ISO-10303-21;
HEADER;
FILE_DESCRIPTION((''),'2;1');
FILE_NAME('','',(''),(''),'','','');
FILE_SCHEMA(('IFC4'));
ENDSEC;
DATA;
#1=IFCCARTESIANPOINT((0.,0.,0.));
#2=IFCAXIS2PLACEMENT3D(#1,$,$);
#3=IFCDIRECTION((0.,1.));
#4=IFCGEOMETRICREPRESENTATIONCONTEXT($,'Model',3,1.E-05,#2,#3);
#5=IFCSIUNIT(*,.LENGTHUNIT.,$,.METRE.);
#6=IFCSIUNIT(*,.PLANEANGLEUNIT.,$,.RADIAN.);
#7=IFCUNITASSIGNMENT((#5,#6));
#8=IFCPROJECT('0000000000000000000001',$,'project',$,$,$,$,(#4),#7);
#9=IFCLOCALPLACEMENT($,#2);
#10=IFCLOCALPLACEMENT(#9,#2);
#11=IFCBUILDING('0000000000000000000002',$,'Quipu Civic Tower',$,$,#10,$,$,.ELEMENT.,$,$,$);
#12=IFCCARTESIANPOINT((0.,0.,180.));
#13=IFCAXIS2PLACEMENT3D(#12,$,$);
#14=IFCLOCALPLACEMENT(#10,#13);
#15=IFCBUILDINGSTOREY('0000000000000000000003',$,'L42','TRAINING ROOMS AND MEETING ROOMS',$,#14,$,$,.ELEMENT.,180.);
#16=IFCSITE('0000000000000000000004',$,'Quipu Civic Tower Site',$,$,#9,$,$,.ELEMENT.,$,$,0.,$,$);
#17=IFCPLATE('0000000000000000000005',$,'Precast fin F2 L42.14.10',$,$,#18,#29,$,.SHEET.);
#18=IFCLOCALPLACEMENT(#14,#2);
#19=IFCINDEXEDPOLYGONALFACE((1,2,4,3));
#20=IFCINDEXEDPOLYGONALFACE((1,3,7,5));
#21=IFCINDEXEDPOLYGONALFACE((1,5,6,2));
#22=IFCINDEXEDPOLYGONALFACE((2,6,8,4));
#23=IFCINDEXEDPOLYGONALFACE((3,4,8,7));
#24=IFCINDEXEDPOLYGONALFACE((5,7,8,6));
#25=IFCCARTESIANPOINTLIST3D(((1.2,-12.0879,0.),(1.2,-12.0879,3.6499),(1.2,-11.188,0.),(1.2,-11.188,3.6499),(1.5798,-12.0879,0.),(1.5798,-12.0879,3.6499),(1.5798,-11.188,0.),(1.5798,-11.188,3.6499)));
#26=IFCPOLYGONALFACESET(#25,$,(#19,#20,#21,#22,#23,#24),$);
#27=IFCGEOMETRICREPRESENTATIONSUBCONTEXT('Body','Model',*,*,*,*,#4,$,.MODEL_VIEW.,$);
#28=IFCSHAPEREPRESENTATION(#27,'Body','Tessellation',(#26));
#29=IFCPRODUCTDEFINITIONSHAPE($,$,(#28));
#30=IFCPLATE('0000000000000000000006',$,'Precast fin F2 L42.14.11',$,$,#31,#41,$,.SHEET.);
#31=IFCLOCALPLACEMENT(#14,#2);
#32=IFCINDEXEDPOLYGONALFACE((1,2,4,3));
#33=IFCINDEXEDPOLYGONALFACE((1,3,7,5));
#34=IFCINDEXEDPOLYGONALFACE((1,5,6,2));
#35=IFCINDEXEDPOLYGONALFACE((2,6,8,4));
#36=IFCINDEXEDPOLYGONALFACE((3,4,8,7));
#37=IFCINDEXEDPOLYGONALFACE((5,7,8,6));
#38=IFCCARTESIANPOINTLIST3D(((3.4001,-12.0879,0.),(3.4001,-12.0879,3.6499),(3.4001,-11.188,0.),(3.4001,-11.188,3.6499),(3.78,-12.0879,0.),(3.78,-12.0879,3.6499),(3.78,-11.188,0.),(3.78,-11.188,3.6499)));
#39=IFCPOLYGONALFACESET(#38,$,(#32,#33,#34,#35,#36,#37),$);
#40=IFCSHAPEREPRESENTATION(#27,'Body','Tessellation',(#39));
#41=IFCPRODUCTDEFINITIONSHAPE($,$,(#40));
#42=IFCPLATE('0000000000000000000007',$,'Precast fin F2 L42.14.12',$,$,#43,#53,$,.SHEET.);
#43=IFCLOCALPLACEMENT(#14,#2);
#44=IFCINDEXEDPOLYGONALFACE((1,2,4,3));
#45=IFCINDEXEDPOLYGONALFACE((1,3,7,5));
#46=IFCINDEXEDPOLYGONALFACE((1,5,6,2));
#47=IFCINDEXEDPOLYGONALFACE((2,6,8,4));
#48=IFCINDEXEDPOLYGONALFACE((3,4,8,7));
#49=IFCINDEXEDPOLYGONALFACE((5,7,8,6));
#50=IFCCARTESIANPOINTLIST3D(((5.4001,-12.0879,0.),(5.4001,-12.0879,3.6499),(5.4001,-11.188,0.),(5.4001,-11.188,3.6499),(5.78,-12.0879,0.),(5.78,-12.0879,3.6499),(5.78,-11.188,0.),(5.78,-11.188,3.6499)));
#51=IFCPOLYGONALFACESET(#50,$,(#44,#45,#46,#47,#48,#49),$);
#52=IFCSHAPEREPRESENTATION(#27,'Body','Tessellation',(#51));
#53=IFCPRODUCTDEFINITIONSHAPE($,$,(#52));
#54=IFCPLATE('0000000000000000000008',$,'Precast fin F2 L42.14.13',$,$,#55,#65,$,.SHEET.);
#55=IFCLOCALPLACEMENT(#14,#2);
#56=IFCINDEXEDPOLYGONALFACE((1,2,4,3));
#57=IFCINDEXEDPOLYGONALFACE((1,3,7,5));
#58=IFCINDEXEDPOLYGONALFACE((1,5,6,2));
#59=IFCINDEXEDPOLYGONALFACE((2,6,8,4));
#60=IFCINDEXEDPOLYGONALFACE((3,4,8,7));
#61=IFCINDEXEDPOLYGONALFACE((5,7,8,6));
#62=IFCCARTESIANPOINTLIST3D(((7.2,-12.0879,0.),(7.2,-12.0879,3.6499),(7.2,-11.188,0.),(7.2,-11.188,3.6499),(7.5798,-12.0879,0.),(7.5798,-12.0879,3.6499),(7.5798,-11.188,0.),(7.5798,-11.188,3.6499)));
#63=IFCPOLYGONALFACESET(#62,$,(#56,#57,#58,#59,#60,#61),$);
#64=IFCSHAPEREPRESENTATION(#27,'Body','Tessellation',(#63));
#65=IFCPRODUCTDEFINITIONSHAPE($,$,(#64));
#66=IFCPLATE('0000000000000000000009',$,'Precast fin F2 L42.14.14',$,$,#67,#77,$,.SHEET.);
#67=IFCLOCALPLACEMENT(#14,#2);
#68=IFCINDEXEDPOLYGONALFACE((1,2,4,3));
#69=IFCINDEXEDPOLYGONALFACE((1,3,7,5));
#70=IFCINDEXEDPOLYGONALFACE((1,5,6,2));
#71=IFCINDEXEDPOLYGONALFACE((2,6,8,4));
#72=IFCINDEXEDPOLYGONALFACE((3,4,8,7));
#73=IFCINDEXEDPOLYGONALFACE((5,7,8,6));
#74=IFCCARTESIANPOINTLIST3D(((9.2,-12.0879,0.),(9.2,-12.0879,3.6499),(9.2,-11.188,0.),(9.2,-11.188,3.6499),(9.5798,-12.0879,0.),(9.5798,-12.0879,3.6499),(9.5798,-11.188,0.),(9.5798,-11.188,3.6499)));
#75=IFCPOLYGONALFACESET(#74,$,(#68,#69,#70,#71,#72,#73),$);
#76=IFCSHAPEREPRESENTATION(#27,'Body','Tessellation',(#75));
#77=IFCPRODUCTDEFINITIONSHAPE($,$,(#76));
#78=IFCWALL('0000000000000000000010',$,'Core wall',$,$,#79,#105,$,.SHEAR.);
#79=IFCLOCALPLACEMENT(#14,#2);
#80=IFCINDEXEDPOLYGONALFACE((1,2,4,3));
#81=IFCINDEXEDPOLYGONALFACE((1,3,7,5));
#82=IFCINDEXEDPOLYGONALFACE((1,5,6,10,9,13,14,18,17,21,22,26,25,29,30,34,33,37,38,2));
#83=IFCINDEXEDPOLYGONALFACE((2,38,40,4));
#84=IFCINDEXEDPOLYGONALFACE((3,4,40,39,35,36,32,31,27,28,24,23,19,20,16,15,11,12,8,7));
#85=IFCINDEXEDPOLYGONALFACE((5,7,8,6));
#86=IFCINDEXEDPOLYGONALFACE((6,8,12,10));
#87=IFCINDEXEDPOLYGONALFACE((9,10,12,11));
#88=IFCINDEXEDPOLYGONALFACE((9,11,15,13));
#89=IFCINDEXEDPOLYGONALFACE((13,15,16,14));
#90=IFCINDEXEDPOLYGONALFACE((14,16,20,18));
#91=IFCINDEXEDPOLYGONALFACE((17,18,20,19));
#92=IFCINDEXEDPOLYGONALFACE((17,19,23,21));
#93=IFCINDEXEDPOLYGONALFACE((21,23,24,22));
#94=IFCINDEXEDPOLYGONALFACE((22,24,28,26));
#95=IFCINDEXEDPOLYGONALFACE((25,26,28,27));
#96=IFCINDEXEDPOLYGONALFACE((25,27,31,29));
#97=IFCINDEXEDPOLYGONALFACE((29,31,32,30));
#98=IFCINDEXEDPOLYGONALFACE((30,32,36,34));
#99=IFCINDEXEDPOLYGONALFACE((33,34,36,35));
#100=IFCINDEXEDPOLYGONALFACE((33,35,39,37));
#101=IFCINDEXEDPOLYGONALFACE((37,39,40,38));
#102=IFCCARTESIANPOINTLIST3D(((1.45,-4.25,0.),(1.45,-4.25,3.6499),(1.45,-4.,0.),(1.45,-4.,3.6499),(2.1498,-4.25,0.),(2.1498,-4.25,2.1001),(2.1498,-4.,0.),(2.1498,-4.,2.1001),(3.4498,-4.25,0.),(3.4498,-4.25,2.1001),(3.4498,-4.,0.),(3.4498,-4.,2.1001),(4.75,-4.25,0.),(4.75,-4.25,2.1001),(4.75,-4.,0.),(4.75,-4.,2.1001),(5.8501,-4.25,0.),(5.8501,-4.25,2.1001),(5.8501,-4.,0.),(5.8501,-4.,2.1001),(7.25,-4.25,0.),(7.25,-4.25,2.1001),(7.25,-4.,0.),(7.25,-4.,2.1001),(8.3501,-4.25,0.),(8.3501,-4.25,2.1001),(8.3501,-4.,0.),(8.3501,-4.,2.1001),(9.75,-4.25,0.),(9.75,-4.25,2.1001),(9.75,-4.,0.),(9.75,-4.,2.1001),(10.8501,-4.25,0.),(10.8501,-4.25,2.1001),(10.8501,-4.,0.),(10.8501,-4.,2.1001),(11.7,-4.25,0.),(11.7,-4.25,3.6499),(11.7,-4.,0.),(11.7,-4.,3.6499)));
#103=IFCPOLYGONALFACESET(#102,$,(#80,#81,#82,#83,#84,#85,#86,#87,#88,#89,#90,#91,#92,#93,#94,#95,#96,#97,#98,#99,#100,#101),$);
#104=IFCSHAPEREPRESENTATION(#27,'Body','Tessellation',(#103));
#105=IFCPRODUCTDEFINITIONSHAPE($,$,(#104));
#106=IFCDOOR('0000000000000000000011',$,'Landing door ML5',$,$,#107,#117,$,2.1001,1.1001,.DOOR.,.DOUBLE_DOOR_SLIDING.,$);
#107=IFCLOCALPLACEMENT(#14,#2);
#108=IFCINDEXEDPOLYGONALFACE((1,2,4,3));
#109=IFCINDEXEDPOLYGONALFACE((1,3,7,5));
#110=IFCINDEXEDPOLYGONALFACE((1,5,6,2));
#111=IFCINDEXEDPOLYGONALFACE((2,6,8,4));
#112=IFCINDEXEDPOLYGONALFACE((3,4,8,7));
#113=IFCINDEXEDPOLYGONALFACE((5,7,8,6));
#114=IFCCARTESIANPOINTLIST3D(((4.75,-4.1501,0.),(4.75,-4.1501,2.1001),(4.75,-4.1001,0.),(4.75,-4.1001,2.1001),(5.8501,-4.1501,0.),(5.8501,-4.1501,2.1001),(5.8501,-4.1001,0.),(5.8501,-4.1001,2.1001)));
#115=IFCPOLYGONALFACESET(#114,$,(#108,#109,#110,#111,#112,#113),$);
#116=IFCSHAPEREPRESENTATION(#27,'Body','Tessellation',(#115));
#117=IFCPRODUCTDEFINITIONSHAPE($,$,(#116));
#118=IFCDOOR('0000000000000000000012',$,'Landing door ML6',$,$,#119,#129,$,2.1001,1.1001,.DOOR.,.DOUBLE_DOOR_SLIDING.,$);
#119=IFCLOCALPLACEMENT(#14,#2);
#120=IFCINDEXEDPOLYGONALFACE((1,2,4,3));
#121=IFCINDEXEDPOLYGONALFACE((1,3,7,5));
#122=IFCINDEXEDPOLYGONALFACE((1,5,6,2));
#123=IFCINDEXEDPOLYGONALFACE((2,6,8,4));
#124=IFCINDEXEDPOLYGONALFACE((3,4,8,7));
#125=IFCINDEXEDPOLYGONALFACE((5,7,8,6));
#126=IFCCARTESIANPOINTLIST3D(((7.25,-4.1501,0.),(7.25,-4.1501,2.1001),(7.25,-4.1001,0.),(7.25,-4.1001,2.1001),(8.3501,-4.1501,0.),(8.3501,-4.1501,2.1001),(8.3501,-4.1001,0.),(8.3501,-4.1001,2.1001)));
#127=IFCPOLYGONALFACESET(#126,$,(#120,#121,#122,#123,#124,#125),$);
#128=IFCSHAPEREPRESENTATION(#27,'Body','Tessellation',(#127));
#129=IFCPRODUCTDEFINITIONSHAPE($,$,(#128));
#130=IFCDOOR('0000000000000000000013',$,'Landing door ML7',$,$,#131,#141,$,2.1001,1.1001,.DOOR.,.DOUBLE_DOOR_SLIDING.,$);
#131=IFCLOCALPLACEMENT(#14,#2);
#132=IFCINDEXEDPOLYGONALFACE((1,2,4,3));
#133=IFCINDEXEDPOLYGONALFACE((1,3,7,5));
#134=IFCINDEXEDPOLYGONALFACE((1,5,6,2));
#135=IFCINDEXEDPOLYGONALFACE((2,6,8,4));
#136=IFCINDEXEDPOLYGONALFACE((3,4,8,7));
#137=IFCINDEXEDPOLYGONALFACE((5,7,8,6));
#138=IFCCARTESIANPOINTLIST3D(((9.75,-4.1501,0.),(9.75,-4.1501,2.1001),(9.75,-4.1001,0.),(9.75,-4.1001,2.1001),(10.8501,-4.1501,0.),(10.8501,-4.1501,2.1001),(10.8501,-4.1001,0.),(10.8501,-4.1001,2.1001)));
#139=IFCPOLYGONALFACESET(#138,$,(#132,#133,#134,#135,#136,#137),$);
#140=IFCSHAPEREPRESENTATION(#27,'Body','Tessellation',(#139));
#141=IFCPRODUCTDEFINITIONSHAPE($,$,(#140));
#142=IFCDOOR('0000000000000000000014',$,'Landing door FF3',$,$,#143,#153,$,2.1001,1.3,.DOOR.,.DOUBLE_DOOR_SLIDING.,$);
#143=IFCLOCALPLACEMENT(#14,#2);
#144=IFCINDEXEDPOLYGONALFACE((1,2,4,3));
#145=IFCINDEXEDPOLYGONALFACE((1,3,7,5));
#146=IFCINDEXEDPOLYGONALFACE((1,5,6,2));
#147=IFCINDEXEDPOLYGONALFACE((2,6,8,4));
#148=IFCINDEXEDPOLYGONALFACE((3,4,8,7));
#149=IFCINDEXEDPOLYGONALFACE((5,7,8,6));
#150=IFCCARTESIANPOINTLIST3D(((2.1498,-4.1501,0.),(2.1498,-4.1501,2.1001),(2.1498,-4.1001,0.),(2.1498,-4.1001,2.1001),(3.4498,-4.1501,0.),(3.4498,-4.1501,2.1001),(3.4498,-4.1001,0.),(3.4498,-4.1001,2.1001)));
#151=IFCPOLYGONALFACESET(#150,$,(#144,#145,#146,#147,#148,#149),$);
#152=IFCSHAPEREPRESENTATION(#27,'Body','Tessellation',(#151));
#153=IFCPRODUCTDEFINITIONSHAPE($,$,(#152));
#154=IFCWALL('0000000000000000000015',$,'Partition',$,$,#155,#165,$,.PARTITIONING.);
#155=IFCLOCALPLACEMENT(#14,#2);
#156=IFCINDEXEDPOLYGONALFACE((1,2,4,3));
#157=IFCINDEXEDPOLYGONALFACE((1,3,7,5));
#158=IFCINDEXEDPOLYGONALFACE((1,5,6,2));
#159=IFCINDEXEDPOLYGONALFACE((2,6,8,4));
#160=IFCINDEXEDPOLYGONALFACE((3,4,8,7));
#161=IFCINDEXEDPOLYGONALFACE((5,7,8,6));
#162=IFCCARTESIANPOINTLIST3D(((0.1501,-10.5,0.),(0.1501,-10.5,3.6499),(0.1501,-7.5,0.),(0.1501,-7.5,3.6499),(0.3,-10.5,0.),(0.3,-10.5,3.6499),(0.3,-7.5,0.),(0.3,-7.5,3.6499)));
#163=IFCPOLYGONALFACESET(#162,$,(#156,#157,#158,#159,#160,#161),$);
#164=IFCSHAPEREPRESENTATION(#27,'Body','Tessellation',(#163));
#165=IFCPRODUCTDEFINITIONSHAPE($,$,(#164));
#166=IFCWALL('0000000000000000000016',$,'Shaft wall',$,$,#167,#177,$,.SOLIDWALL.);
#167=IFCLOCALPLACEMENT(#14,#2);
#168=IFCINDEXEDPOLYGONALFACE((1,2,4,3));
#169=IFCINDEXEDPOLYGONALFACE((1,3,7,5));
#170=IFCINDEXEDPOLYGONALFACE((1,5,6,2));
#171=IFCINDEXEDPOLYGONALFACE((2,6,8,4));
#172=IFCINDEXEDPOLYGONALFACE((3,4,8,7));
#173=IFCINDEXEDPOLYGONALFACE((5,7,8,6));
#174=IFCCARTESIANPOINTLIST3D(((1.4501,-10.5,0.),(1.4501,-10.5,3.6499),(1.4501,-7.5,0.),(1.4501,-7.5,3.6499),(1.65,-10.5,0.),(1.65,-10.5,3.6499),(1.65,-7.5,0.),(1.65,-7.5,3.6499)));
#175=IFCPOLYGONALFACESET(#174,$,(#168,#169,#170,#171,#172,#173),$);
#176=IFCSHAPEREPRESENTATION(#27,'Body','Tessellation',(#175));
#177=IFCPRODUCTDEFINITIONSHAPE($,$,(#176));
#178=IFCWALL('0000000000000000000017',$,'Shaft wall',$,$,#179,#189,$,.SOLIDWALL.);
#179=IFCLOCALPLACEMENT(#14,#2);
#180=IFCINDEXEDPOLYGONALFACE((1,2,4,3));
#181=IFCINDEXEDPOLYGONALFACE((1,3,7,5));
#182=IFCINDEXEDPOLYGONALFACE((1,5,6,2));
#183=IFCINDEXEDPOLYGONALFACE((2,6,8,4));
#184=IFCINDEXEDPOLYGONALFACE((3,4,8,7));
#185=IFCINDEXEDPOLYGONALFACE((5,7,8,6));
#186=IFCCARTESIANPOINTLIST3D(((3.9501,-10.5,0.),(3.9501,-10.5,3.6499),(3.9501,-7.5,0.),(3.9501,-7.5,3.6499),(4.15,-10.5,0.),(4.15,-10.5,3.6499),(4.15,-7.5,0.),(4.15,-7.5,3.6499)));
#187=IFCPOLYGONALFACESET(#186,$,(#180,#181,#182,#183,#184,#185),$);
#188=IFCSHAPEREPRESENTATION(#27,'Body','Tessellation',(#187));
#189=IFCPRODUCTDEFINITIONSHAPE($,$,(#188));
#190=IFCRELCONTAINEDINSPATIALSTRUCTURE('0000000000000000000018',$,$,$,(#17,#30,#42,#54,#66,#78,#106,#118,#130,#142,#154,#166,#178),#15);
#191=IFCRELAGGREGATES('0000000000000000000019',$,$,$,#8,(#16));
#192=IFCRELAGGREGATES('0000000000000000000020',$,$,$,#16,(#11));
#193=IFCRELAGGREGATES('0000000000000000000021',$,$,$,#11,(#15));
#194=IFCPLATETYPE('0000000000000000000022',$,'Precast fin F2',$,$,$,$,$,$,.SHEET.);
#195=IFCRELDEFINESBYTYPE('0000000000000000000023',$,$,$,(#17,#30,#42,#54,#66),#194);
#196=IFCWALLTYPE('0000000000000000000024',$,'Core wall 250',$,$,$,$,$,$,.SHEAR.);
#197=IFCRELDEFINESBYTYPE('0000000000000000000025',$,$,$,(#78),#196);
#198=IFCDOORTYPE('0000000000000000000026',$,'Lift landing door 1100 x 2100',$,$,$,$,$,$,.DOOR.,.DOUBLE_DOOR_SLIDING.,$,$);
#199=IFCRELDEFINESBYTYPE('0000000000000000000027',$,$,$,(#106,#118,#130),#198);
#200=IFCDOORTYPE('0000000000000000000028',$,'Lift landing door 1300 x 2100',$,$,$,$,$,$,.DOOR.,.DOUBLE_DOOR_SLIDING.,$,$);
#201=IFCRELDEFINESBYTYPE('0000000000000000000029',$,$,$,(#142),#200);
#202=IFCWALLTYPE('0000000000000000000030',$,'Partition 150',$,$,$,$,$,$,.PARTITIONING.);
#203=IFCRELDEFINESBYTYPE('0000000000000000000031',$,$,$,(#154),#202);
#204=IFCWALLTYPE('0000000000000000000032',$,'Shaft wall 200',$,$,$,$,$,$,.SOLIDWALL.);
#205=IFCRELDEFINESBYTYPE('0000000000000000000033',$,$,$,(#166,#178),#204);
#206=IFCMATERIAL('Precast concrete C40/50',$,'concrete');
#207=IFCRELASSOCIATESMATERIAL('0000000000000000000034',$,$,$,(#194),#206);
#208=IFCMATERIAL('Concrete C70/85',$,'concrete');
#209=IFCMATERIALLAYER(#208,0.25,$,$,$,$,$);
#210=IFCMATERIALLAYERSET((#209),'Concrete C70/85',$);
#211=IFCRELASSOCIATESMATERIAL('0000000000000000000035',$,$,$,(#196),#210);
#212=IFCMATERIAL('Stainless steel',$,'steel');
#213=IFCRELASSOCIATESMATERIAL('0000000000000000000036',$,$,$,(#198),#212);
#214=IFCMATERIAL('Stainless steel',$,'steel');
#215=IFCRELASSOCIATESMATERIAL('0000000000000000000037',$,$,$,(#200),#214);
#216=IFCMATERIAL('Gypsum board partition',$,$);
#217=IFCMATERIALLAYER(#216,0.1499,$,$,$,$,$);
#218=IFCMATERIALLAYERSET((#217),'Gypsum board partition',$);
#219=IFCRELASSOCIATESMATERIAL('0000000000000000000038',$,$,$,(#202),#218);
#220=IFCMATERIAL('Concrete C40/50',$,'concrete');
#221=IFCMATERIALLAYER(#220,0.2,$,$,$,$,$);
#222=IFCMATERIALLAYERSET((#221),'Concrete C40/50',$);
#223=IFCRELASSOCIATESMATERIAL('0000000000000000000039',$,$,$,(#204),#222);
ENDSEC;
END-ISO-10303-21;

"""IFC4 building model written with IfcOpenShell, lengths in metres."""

from ifc_helpers import new_model, si_unit, direction, frame, frame_2d, origin, origin_2d, place, context, subcontext, project, spatial, rectangle, extrude, material, layer, layer_set, type_object, element, fill, save


model = new_model("IFC4")

# Units and contexts
model_context = context("Model", 3, precision=1e-05, world=origin(), true_north=direction((0.0, 1.0)))
body_context = subcontext(model_context, "Body", "Model", "MODEL_VIEW")
ifc_project = project(units=[si_unit("LENGTHUNIT", "METRE"), si_unit("PLANEANGLEUNIT", "RADIAN")], contexts=[model_context])

# Site, building, storey
site_placement = place(None, origin())
site = spatial("IfcSite", under=ifc_project, at=site_placement, Name="Quipu Civic Tower Site", CompositionType="ELEMENT", RefElevation=0.0)
building_placement = place(site_placement, origin())
building = spatial("IfcBuilding", under=site, at=building_placement, Name="Quipu Civic Tower", CompositionType="ELEMENT")
storey_placement = place(building_placement, frame((0.0, 0.0, 180.0)))
storey = spatial("IfcBuildingStorey", under=building, at=storey_placement, Name="L42", Description="TRAINING ROOMS AND MEETING ROOMS", CompositionType="ELEMENT", Elevation=180.0)

# Plates
ifc_material_1 = material(Name="Precast concrete C40/50", Category="concrete")
plate_type = type_object("IfcPlateType", Name="Precast fin F2", PredefinedType="SHEET", material=ifc_material_1)
for number, where, z_axis, x_axis, name in (
    (1, (1.3899, -11.6379, 0.0), (0.0, 0.0, 1.0), (1.0, 0.0, 0.0), "Precast fin F2 L42.14.10"),
    (2, (3.5901, -11.6379, 0.0), (0.0, 0.0, 1.0), (1.0, 0.0, 0.0), "Precast fin F2 L42.14.11"),
    (3, (5.5901, -11.6379, 0.0), (0.0, 0.0, 1.0), (1.0, 0.0, 0.0), "Precast fin F2 L42.14.12"),
    (4, (7.3899, -11.6379, 0.0), (0.0, 0.0, 1.0), (1.0, 0.0, 0.0), "Precast fin F2 L42.14.13"),
    (5, (9.3899, -11.6379, 0.0), (0.0, 0.0, 1.0), (1.0, 0.0, 0.0), "Precast fin F2 L42.14.14"),
):
    element("IfcPlate", number, at=place(storey_placement, frame(where, z_axis=z_axis, x_axis=x_axis)), inside=storey, type_object=plate_type, Name=name, PredefinedType="SHEET", context=body_context, shape_type="SweptSolid", body=[
        extrude(rectangle(XDim=0.3799, YDim=0.8999, at=origin_2d()), origin(), (0.0, 0.0, 1.0), 3.6499),
    ])

# Wall, openings, doors
ifc_material_2 = material(Name="Concrete C70/85", Category="concrete")
ifc_layer_1 = layer(ifc_material_2, 0.25)
ifc_layer_set_1 = layer_set([ifc_layer_1], Name="Concrete C70/85")
wall_type_1 = type_object("IfcWallType", Name="Core wall 250", PredefinedType="SHEAR", material=ifc_layer_set_1)
wall_1_placement = place(storey_placement, frame((1.45, -4.125, 0.0), z_axis=(0.0, 0.0, 1.0), x_axis=(1.0, 0.0, 0.0)))
wall_1 = element("IfcWall", 6, at=wall_1_placement, inside=storey, type_object=wall_type_1, Name="Core wall", PredefinedType="SHEAR", context=body_context, shape_type="SweptSolid", body=[
    extrude(rectangle(XDim=10.25, YDim=0.25, at=frame_2d((5.125, 0.0))), origin(), (0.0, 0.0, 1.0), 3.6499),
])
opening_1_placement = place(wall_1_placement, frame((0.7, 0.0, 0.0)))
opening_1 = element("IfcOpeningElement", 7, at=opening_1_placement, cuts=wall_1, PredefinedType="OPENING", context=body_context, shape_type="SweptSolid", body=[
    extrude(rectangle(XDim=1.3, YDim=2.1001, at=frame_2d((0.6499, 1.05))), frame((0.0, 0.135, 0.0), z_axis=(0.0, -1.0, 0.0), x_axis=(1.0, 0.0, 0.0)), (0.0, 0.0, 1.0), 0.27),
])
opening_2_placement = place(wall_1_placement, frame((3.3, 0.0, 0.0)))
opening_2 = element("IfcOpeningElement", 8, at=opening_2_placement, cuts=wall_1, PredefinedType="OPENING", context=body_context, shape_type="SweptSolid", body=[
    extrude(rectangle(XDim=1.1001, YDim=2.1001, at=frame_2d((0.55, 1.05))), frame((0.0, 0.135, 0.0), z_axis=(0.0, -1.0, 0.0), x_axis=(1.0, 0.0, 0.0)), (0.0, 0.0, 1.0), 0.27),
])
opening_3_placement = place(wall_1_placement, frame((5.8, 0.0, 0.0)))
opening_3 = element("IfcOpeningElement", 9, at=opening_3_placement, cuts=wall_1, PredefinedType="OPENING", context=body_context, shape_type="SweptSolid", body=[
    extrude(rectangle(XDim=1.1001, YDim=2.1001, at=frame_2d((0.55, 1.05))), frame((0.0, 0.135, 0.0), z_axis=(0.0, -1.0, 0.0), x_axis=(1.0, 0.0, 0.0)), (0.0, 0.0, 1.0), 0.27),
])
opening_4_placement = place(wall_1_placement, frame((8.3, 0.0, 0.0)))
opening_4 = element("IfcOpeningElement", 10, at=opening_4_placement, cuts=wall_1, PredefinedType="OPENING", context=body_context, shape_type="SweptSolid", body=[
    extrude(rectangle(XDim=1.1001, YDim=2.1001, at=frame_2d((0.55, 1.05))), frame((0.0, 0.135, 0.0), z_axis=(0.0, -1.0, 0.0), x_axis=(1.0, 0.0, 0.0)), (0.0, 0.0, 1.0), 0.27),
])
ifc_material_3 = material(Name="Stainless steel", Category="steel")
door_type_1 = type_object("IfcDoorType", Name="Lift landing door 1100 x 2100", OperationType="DOUBLE_DOOR_SLIDING", PredefinedType="DOOR", material=ifc_material_3)
door_1_placement = place(opening_2_placement, origin())
door_1 = element("IfcDoor", 11, at=door_1_placement, inside=storey, type_object=door_type_1, Name="Landing door ML5", OperationType="DOUBLE_DOOR_SLIDING", OverallHeight=2.1001, OverallWidth=1.1001, PredefinedType="DOOR", context=body_context, shape_type="SweptSolid", body=[
    extrude(rectangle(XDim=1.1001, YDim=2.1001, at=frame_2d((0.55, 1.05))), frame((0.0, 0.0249, 0.0), z_axis=(0.0, -1.0, 0.0), x_axis=(1.0, 0.0, 0.0)), (0.0, 0.0, 1.0), 0.05),
])
fill(opening_2, door_1)
door_2_placement = place(opening_3_placement, origin())
door_2 = element("IfcDoor", 12, at=door_2_placement, inside=storey, type_object=door_type_1, Name="Landing door ML6", OperationType="DOUBLE_DOOR_SLIDING", OverallHeight=2.1001, OverallWidth=1.1001, PredefinedType="DOOR", context=body_context, shape_type="SweptSolid", body=[
    extrude(rectangle(XDim=1.1001, YDim=2.1001, at=frame_2d((0.55, 1.05))), frame((0.0, 0.0249, 0.0), z_axis=(0.0, -1.0, 0.0), x_axis=(1.0, 0.0, 0.0)), (0.0, 0.0, 1.0), 0.05),
])
fill(opening_3, door_2)
door_3_placement = place(opening_4_placement, origin())
door_3 = element("IfcDoor", 13, at=door_3_placement, inside=storey, type_object=door_type_1, Name="Landing door ML7", OperationType="DOUBLE_DOOR_SLIDING", OverallHeight=2.1001, OverallWidth=1.1001, PredefinedType="DOOR", context=body_context, shape_type="SweptSolid", body=[
    extrude(rectangle(XDim=1.1001, YDim=2.1001, at=frame_2d((0.55, 1.05))), frame((0.0, 0.0249, 0.0), z_axis=(0.0, -1.0, 0.0), x_axis=(1.0, 0.0, 0.0)), (0.0, 0.0, 1.0), 0.05),
])
fill(opening_4, door_3)
ifc_material_4 = material(Name="Stainless steel", Category="steel")
door_type_2 = type_object("IfcDoorType", Name="Lift landing door 1300 x 2100", OperationType="DOUBLE_DOOR_SLIDING", PredefinedType="DOOR", material=ifc_material_4)
door_4_placement = place(opening_1_placement, origin())
door_4 = element("IfcDoor", 14, at=door_4_placement, inside=storey, type_object=door_type_2, Name="Landing door FF3", OperationType="DOUBLE_DOOR_SLIDING", OverallHeight=2.1001, OverallWidth=1.3, PredefinedType="DOOR", context=body_context, shape_type="SweptSolid", body=[
    extrude(rectangle(XDim=1.3, YDim=2.1001, at=frame_2d((0.6499, 1.05))), frame((0.0, 0.0249, 0.0), z_axis=(0.0, -1.0, 0.0), x_axis=(1.0, 0.0, 0.0)), (0.0, 0.0, 1.0), 0.05),
])
fill(opening_1, door_4)

# Walls
ifc_material_5 = material(Name="Gypsum board partition")
ifc_layer_2 = layer(ifc_material_5, 0.1499)
ifc_layer_set_2 = layer_set([ifc_layer_2], Name="Gypsum board partition")
wall_type_2 = type_object("IfcWallType", Name="Partition 150", PredefinedType="PARTITIONING", material=ifc_layer_set_2)
wall_2_placement = place(storey_placement, frame((0.2251, -10.5, 0.0), z_axis=(0.0, 0.0, 1.0), x_axis=(0.0, 1.0, 0.0)))
element("IfcWall", 15, at=wall_2_placement, inside=storey, type_object=wall_type_2, Name="Partition", PredefinedType="PARTITIONING", context=body_context, shape_type="SweptSolid", body=[
    extrude(rectangle(XDim=3.0, YDim=0.1499, at=frame_2d((1.5, 0.0))), origin(), (0.0, 0.0, 1.0), 3.6499),
])
ifc_material_6 = material(Name="Concrete C40/50", Category="concrete")
ifc_layer_3 = layer(ifc_material_6, 0.2)
ifc_layer_set_3 = layer_set([ifc_layer_3], Name="Concrete C40/50")
wall_type_3 = type_object("IfcWallType", Name="Shaft wall 200", PredefinedType="SOLIDWALL", material=ifc_layer_set_3)
for number, where, z_axis, x_axis, name in (
    (16, (1.55, -10.5, 0.0), (0.0, 0.0, 1.0), (0.0, 1.0, 0.0), "Shaft wall"),
    (17, (4.05, -10.5, 0.0), (0.0, 0.0, 1.0), (0.0, 1.0, 0.0), "Shaft wall"),
):
    element("IfcWall", number, at=place(storey_placement, frame(where, z_axis=z_axis, x_axis=x_axis)), inside=storey, type_object=wall_type_3, Name=name, PredefinedType="SOLIDWALL", context=body_context, shape_type="SweptSolid", body=[
        extrude(rectangle(XDim=3.0, YDim=0.2, at=frame_2d((1.5, 0.0))), origin(), (0.0, 0.0, 1.0), 3.6499),
    ])

save(model, "model.ifc")
